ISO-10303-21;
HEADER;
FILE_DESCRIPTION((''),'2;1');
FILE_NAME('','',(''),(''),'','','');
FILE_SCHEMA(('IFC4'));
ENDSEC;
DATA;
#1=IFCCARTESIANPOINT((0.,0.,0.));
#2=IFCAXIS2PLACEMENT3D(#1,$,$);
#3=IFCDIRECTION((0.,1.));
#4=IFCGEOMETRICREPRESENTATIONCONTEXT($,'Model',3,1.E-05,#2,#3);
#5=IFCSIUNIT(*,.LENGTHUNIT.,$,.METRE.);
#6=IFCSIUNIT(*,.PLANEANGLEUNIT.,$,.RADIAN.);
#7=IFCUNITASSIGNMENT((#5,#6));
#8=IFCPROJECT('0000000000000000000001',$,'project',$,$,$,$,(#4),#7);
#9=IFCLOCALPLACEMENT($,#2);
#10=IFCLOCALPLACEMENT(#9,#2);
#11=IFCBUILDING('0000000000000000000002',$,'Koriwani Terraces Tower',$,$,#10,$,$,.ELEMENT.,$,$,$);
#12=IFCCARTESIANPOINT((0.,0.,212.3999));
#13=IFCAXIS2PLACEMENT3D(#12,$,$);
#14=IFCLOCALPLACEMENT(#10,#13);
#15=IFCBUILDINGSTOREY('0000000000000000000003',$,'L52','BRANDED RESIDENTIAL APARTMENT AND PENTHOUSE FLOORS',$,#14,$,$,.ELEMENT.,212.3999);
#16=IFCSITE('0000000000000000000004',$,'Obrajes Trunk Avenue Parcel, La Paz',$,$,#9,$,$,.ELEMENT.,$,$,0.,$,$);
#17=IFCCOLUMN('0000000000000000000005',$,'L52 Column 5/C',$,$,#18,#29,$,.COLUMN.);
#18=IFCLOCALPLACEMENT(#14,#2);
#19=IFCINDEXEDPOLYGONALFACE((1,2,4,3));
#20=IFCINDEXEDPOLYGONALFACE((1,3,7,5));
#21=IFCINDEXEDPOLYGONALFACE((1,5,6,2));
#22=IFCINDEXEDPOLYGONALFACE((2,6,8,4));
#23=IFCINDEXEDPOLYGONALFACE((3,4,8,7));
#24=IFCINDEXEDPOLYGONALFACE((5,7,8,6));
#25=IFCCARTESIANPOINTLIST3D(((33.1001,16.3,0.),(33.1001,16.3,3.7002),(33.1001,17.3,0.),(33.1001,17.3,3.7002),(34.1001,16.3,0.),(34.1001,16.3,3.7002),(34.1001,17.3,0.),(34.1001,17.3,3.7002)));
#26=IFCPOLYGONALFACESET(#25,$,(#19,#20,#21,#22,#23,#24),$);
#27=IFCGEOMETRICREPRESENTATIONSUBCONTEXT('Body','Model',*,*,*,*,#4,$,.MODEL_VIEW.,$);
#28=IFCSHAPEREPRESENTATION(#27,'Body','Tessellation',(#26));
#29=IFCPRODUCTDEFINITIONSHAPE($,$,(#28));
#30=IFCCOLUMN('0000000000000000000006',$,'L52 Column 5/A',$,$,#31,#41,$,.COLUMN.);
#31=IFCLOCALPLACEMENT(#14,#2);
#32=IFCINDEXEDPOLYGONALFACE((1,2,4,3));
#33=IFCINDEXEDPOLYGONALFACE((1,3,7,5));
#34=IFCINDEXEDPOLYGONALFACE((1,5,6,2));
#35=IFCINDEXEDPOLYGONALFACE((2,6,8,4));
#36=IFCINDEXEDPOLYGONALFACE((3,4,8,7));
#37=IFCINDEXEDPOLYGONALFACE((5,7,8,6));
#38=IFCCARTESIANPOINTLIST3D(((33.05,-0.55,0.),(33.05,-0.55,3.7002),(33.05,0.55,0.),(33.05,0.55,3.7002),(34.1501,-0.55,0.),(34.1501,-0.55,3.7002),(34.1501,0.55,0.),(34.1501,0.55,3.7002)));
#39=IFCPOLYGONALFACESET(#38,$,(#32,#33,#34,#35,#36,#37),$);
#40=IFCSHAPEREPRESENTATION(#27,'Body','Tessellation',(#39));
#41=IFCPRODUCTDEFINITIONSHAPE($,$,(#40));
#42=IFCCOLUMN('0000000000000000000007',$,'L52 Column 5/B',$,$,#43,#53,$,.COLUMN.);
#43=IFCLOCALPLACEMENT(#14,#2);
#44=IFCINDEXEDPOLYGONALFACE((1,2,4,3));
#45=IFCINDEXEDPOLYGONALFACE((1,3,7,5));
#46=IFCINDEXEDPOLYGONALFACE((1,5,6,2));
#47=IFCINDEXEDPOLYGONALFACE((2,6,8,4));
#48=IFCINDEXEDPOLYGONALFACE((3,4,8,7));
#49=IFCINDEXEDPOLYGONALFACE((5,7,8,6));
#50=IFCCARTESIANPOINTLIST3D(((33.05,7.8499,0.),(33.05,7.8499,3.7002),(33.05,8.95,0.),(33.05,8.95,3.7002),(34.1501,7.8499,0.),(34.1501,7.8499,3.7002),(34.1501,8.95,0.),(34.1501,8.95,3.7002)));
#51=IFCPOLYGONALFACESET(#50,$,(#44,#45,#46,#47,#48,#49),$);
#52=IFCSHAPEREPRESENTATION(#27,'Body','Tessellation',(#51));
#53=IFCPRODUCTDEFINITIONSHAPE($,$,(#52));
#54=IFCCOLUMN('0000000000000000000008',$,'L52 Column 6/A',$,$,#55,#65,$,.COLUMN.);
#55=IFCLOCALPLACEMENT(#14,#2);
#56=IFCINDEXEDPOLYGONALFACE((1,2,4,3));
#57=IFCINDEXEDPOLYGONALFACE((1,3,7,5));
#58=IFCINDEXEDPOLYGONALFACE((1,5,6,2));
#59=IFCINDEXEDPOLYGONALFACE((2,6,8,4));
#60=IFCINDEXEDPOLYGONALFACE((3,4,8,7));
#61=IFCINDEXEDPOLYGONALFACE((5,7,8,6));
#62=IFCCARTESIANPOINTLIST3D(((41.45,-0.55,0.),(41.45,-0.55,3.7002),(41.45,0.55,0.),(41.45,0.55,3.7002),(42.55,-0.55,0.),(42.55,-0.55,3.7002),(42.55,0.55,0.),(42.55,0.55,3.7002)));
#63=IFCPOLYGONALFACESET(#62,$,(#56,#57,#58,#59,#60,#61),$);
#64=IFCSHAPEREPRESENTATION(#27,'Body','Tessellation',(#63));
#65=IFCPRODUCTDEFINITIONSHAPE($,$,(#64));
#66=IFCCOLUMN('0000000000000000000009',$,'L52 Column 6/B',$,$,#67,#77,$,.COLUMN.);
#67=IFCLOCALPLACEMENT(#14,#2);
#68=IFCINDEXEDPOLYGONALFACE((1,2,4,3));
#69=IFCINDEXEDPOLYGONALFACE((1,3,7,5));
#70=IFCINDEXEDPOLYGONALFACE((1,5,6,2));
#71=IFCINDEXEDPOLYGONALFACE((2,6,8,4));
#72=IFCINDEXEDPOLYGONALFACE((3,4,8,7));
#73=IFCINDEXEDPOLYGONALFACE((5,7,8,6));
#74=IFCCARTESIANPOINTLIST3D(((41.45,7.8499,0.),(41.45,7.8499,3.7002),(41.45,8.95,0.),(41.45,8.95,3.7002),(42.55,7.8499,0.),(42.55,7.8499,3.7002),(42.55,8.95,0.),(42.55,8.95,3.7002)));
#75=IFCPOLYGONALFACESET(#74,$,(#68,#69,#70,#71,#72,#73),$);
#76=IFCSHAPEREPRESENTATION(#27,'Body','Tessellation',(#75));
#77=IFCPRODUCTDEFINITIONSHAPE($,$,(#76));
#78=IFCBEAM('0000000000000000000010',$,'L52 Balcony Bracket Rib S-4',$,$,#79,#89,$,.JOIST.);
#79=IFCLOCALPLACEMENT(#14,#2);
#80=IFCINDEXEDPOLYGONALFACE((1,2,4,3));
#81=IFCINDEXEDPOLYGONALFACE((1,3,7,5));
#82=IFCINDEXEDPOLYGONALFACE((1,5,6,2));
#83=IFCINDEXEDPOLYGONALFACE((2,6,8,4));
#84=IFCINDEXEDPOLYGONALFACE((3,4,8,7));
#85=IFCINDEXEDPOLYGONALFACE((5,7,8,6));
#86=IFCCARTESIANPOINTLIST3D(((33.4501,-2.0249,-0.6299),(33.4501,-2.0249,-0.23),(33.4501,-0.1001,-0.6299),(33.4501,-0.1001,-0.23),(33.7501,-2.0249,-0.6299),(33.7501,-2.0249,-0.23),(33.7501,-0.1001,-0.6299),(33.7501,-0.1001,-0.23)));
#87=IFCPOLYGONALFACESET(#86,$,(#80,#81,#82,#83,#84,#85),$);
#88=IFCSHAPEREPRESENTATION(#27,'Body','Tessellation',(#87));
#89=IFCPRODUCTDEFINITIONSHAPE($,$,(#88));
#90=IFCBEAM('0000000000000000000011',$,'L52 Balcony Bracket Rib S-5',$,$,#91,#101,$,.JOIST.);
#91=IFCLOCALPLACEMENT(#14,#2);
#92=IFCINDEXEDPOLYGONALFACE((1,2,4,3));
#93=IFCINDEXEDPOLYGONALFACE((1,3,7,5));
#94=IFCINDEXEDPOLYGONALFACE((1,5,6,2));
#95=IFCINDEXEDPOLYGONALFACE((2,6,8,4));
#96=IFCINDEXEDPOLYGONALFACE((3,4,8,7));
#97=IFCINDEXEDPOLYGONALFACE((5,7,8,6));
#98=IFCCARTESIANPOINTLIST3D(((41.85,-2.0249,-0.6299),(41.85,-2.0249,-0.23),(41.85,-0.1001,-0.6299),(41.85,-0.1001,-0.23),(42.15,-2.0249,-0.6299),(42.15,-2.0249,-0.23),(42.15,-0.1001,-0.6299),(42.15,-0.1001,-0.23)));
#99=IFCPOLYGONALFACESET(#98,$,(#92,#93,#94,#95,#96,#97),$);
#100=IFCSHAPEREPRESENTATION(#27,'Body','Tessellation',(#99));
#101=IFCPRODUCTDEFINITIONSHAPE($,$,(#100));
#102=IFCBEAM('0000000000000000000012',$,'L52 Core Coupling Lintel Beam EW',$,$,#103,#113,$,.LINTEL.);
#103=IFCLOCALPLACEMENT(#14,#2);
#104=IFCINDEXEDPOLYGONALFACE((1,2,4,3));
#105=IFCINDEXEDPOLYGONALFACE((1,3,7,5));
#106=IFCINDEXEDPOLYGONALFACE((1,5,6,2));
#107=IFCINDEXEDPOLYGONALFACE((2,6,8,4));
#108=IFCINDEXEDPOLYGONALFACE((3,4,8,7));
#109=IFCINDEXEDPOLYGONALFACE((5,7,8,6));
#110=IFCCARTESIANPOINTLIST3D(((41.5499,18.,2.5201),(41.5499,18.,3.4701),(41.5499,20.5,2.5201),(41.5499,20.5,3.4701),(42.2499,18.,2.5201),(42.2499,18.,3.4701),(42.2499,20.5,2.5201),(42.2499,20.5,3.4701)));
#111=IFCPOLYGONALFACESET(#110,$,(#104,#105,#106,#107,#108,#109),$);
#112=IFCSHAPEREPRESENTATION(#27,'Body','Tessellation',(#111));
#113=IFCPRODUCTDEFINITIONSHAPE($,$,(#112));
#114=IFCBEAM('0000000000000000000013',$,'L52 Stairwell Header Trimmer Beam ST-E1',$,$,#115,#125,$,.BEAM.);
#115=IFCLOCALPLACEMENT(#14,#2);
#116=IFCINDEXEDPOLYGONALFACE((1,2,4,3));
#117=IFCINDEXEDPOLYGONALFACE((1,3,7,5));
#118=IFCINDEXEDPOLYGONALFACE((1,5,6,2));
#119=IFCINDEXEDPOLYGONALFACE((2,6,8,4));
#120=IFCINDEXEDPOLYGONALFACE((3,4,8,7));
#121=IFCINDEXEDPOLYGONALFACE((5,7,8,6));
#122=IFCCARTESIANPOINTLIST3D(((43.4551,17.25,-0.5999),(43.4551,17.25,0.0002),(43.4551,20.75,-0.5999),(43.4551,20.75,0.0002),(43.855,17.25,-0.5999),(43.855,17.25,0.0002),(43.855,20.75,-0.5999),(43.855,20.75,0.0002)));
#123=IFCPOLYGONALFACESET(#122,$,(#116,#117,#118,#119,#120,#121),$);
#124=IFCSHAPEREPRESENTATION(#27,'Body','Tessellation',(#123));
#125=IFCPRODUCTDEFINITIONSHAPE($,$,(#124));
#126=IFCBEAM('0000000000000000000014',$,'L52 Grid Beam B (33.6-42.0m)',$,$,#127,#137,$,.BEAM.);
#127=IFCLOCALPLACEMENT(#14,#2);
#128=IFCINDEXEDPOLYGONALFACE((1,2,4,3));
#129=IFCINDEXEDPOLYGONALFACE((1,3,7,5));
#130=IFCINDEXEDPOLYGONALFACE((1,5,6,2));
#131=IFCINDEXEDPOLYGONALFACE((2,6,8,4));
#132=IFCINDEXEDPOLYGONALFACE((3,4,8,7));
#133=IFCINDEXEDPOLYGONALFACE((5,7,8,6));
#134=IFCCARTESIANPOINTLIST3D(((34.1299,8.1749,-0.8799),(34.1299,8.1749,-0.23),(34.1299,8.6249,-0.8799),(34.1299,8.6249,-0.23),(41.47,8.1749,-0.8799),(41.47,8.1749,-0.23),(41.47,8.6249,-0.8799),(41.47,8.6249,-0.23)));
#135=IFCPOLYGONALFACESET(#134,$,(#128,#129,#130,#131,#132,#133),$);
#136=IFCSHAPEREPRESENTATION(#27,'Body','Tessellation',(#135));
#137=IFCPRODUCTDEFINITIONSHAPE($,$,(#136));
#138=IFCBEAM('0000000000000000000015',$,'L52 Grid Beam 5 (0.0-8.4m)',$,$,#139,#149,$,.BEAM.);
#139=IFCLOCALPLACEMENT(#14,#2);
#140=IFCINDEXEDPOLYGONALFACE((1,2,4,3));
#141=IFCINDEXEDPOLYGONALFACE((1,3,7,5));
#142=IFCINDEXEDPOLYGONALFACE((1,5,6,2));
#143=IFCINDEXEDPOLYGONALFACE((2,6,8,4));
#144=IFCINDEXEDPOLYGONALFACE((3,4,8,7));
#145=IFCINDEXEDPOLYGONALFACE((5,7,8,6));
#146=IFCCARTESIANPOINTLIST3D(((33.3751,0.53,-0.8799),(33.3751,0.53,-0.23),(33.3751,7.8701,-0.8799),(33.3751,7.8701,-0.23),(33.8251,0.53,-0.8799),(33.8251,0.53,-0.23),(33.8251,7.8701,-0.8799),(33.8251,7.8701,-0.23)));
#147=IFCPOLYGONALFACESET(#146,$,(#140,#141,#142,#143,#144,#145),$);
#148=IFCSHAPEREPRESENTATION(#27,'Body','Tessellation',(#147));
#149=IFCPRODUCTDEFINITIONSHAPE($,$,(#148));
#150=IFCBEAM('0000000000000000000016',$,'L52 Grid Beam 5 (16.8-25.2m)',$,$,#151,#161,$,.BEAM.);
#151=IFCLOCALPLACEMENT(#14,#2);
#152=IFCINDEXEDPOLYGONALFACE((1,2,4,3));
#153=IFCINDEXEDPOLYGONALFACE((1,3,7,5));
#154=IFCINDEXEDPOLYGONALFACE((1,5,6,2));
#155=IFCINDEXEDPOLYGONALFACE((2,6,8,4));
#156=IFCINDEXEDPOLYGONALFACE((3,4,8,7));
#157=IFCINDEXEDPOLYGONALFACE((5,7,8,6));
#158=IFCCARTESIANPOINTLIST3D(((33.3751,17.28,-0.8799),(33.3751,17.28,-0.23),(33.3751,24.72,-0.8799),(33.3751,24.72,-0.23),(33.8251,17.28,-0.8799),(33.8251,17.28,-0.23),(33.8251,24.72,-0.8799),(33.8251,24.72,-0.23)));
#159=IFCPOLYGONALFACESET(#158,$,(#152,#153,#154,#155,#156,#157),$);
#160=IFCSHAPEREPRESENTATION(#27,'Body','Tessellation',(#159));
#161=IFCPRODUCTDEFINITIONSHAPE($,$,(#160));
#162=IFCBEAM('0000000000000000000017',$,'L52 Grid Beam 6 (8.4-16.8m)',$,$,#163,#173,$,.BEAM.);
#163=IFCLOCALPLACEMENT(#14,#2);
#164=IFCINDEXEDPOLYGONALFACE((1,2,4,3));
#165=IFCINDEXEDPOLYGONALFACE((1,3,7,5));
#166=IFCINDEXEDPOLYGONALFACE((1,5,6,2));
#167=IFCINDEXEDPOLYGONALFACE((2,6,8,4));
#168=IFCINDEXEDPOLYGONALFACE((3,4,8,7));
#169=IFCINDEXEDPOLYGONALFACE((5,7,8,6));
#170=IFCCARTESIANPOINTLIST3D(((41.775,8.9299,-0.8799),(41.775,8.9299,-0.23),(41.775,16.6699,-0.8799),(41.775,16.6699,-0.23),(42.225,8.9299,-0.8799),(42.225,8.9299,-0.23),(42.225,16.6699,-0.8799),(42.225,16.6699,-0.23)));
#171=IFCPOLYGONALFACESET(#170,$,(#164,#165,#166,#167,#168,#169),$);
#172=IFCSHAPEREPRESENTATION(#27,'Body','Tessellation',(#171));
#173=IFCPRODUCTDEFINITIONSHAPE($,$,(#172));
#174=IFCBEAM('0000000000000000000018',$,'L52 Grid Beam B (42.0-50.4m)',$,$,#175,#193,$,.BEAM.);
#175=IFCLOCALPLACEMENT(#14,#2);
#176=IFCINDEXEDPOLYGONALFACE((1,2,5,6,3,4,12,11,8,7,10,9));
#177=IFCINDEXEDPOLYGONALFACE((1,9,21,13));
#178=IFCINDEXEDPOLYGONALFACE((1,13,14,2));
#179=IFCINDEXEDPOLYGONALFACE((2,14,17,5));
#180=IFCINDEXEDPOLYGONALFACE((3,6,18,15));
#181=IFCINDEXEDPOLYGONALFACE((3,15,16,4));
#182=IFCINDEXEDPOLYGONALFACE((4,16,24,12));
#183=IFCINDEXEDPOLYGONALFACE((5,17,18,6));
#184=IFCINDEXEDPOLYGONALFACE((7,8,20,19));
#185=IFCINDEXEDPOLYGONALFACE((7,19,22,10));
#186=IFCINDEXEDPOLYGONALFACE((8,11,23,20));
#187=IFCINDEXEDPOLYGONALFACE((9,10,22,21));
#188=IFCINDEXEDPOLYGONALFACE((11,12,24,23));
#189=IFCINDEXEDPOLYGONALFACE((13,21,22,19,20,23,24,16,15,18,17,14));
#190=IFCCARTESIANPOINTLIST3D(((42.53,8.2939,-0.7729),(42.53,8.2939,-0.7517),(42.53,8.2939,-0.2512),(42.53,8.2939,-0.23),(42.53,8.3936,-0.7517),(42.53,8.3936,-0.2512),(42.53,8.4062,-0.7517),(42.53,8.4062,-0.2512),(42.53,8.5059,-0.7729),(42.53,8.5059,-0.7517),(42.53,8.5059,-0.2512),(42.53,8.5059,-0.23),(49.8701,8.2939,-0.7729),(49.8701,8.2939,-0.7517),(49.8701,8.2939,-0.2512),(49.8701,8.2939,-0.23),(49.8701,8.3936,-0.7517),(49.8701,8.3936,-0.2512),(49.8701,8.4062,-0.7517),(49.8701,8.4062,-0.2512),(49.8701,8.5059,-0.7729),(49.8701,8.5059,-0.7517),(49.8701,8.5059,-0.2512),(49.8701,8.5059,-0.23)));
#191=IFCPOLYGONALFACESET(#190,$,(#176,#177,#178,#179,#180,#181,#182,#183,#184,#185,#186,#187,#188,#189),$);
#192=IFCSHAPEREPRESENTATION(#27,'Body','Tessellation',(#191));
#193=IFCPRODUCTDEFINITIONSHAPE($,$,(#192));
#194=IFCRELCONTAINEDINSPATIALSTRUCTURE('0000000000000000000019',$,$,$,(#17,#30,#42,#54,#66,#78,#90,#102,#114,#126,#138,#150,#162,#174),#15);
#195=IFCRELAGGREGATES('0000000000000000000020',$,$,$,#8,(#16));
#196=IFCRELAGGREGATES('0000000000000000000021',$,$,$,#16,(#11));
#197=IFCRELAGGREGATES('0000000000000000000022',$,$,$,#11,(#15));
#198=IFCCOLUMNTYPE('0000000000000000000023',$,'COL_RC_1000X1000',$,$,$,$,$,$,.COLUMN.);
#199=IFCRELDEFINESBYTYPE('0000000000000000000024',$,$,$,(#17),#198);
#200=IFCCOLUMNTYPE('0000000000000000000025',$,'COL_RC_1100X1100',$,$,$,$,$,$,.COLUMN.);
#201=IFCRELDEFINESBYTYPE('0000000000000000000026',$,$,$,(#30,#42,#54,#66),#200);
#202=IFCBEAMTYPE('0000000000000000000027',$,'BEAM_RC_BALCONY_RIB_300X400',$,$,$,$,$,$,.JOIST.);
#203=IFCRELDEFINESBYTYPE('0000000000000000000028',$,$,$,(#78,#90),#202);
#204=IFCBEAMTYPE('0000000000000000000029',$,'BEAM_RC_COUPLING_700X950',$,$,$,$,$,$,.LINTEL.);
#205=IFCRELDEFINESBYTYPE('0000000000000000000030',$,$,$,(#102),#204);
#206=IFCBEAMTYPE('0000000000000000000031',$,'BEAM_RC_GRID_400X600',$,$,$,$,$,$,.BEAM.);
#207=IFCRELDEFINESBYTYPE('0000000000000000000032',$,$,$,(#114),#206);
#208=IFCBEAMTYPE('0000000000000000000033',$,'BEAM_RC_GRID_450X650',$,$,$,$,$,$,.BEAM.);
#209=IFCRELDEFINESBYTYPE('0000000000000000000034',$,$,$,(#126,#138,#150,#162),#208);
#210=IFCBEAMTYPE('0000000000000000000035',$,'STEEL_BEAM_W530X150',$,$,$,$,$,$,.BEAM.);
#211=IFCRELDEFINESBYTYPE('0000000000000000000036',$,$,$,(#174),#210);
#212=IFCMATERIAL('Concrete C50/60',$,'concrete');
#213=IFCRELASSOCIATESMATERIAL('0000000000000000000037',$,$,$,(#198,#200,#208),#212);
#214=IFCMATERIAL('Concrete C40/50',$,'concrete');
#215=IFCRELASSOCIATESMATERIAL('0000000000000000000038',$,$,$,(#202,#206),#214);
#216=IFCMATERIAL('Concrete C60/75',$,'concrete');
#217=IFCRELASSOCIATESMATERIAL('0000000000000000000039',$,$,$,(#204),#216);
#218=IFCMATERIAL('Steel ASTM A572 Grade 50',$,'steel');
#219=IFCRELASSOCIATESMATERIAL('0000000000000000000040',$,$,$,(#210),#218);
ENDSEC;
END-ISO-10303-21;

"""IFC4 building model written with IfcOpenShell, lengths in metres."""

from ifc_helpers import new_model, si_unit, direction, frame, origin, origin_2d, place, context, subcontext, project, spatial, rectangle, i_section, extrude, material, material_profile, profile_set, type_object, element, save


model = new_model("IFC4")

# Units and contexts
model_context = context("Model", 3, precision=1e-05, world=origin(), true_north=direction((0.0, 1.0)))
body_context = subcontext(model_context, "Body", "Model", "MODEL_VIEW")
ifc_project = project(units=[si_unit("LENGTHUNIT", "METRE"), si_unit("PLANEANGLEUNIT", "RADIAN")], contexts=[model_context])

# Site, building, storey
site_placement = place(None, origin())
site = spatial("IfcSite", under=ifc_project, at=site_placement, Name="Obrajes Trunk Avenue Parcel, La Paz", CompositionType="ELEMENT", RefElevation=0.0)
building_placement = place(site_placement, origin())
building = spatial("IfcBuilding", under=site, at=building_placement, Name="Koriwani Terraces Tower", CompositionType="ELEMENT")
storey_placement = place(building_placement, frame((0.0, 0.0, 212.3999)))
storey = spatial("IfcBuildingStorey", under=building, at=storey_placement, Name="L52", Description="BRANDED RESIDENTIAL APARTMENT AND PENTHOUSE FLOORS", CompositionType="ELEMENT", Elevation=212.3999)

# Columns
ifc_material_1 = material(Name="Concrete C50/60", Category="concrete")
ifc_material_profile_1 = material_profile(ifc_material_1, rectangle(XDim=1.0, YDim=1.0, at=origin_2d()), Name="Concrete C50/60", Category="LoadBearing")
ifc_profile_set_1 = profile_set([ifc_material_profile_1], Name="Concrete C50/60")
column_type_1 = type_object("IfcColumnType", Name="COL_RC_1000X1000", PredefinedType="COLUMN", material=ifc_profile_set_1)
column_placement = place(storey_placement, frame((33.6001, 16.8, 0.0), z_axis=(0.0, 0.0, 1.0), x_axis=(1.0, 0.0, 0.0)))
element("IfcColumn", 1, at=column_placement, inside=storey, type_object=column_type_1, Name="L52 Column 5/C", PredefinedType="COLUMN", context=body_context, shape_type="SweptSolid", body=[
    extrude(rectangle(XDim=1.0, YDim=1.0, at=origin_2d()), origin(), (0.0, 0.0, 1.0), 3.7002),
])
ifc_material_profile_2 = material_profile(ifc_material_1, rectangle(XDim=1.1001, YDim=1.1001, at=origin_2d()), Name="Concrete C50/60", Category="LoadBearing")
ifc_profile_set_2 = profile_set([ifc_material_profile_2], Name="Concrete C50/60")
column_type_2 = type_object("IfcColumnType", Name="COL_RC_1100X1100", PredefinedType="COLUMN", material=ifc_profile_set_2)
for number, where, z_axis, x_axis, name in (
    (2, (33.6001, 0.0, 0.0), (0.0, 0.0, 1.0), (1.0, 0.0, 0.0), "L52 Column 5/A"),
    (3, (33.6001, 8.3999, 0.0), (0.0, 0.0, 1.0), (1.0, 0.0, 0.0), "L52 Column 5/B"),
    (4, (42.0, 0.0, 0.0), (0.0, 0.0, 1.0), (1.0, 0.0, 0.0), "L52 Column 6/A"),
    (5, (42.0, 8.3999, 0.0), (0.0, 0.0, 1.0), (1.0, 0.0, 0.0), "L52 Column 6/B"),
):
    element("IfcColumn", number, at=place(storey_placement, frame(where, z_axis=z_axis, x_axis=x_axis)), inside=storey, type_object=column_type_2, Name=name, PredefinedType="COLUMN", context=body_context, shape_type="SweptSolid", body=[
        extrude(rectangle(XDim=1.1001, YDim=1.1001, at=origin_2d()), origin(), (0.0, 0.0, 1.0), 3.7002),
    ])

# Beams
ifc_material_2 = material(Name="Concrete C40/50", Category="concrete")
ifc_material_profile_3 = material_profile(ifc_material_2, rectangle(XDim=0.3, YDim=0.3999, at=origin_2d()), Name="Concrete C40/50", Category="LoadBearing")
ifc_profile_set_3 = profile_set([ifc_material_profile_3], Name="Concrete C40/50")
beam_type_1 = type_object("IfcBeamType", Name="BEAM_RC_BALCONY_RIB_300X400", PredefinedType="JOIST", material=ifc_profile_set_3)
for number, where, z_axis, x_axis, name in (
    (6, (33.6001, -2.0249, -0.4299), (0.0, 1.0, 0.0), (-1.0, 0.0, 0.0), "L52 Balcony Bracket Rib S-4"),
    (7, (42.0, -2.0249, -0.4299), (0.0, 1.0, 0.0), (-1.0, 0.0, 0.0), "L52 Balcony Bracket Rib S-5"),
):
    element("IfcBeam", number, at=place(storey_placement, frame(where, z_axis=z_axis, x_axis=x_axis)), inside=storey, type_object=beam_type_1, Name=name, PredefinedType="JOIST", context=body_context, shape_type="SweptSolid", body=[
        extrude(rectangle(XDim=0.3, YDim=0.3999, at=origin_2d()), origin(), (0.0, 0.0, 1.0), 1.9248),
    ])
ifc_material_3 = material(Name="Concrete C60/75", Category="concrete")
ifc_material_profile_4 = material_profile(ifc_material_3, rectangle(XDim=0.7, YDim=0.95, at=origin_2d()), Name="Concrete C60/75", Category="LoadBearing")
ifc_profile_set_4 = profile_set([ifc_material_profile_4], Name="Concrete C60/75")
beam_type_2 = type_object("IfcBeamType", Name="BEAM_RC_COUPLING_700X950", PredefinedType="LINTEL", material=ifc_profile_set_4)
beam_1_placement = place(storey_placement, frame((41.8999, 18.0, 2.9951), z_axis=(0.0, 1.0, 0.0), x_axis=(-1.0, 0.0, 0.0)))
element("IfcBeam", 8, at=beam_1_placement, inside=storey, type_object=beam_type_2, Name="L52 Core Coupling Lintel Beam EW", PredefinedType="LINTEL", context=body_context, shape_type="SweptSolid", body=[
    extrude(rectangle(XDim=0.7, YDim=0.95, at=origin_2d()), origin(), (0.0, 0.0, 1.0), 2.5),
])
ifc_material_profile_5 = material_profile(ifc_material_2, rectangle(XDim=0.3999, YDim=0.6001, at=origin_2d()), Name="Concrete C40/50", Category="LoadBearing")
ifc_profile_set_5 = profile_set([ifc_material_profile_5], Name="Concrete C40/50")
beam_type_3 = type_object("IfcBeamType", Name="BEAM_RC_GRID_400X600", PredefinedType="BEAM", material=ifc_profile_set_5)
beam_2_placement = place(storey_placement, frame((43.655, 17.25, -0.2998), z_axis=(0.0, 1.0, 0.0), x_axis=(-1.0, 0.0, 0.0)))
element("IfcBeam", 9, at=beam_2_placement, inside=storey, type_object=beam_type_3, Name="L52 Stairwell Header Trimmer Beam ST-E1", PredefinedType="BEAM", context=body_context, shape_type="SweptSolid", body=[
    extrude(rectangle(XDim=0.3999, YDim=0.6001, at=origin_2d()), origin(), (0.0, 0.0, 1.0), 3.5),
])
ifc_material_profile_6 = material_profile(ifc_material_1, rectangle(XDim=0.45, YDim=0.6499, at=origin_2d()), Name="Concrete C50/60", Category="LoadBearing")
ifc_profile_set_6 = profile_set([ifc_material_profile_6], Name="Concrete C50/60")
beam_type_4 = type_object("IfcBeamType", Name="BEAM_RC_GRID_450X650", PredefinedType="BEAM", material=ifc_profile_set_6)
for number, where, z_axis, x_axis, name in (
    (10, (34.1299, 8.3999, -0.5549), (1.0, 0.0, 0.0), (0.0, 1.0, 0.0), "L52 Grid Beam B (33.6-42.0m)"),
    (11, (33.6001, 0.53, -0.5549), (0.0, 1.0, 0.0), (-1.0, 0.0, 0.0), "L52 Grid Beam 5 (0.0-8.4m)"),
):
    element("IfcBeam", number, at=place(storey_placement, frame(where, z_axis=z_axis, x_axis=x_axis)), inside=storey, type_object=beam_type_4, Name=name, PredefinedType="BEAM", context=body_context, shape_type="SweptSolid", body=[
        extrude(rectangle(XDim=0.45, YDim=0.6499, at=origin_2d()), origin(), (0.0, 0.0, 1.0), 7.3401),
    ])
beam_3_placement = place(storey_placement, frame((33.6001, 17.28, -0.5549), z_axis=(0.0, 1.0, 0.0), x_axis=(-1.0, 0.0, 0.0)))
element("IfcBeam", 12, at=beam_3_placement, inside=storey, type_object=beam_type_4, Name="L52 Grid Beam 5 (16.8-25.2m)", PredefinedType="BEAM", context=body_context, shape_type="SweptSolid", body=[
    extrude(rectangle(XDim=0.45, YDim=0.6499, at=origin_2d()), origin(), (0.0, 0.0, 1.0), 7.4399),
])
beam_4_placement = place(storey_placement, frame((42.0, 8.9299, -0.5549), z_axis=(0.0, 1.0, 0.0), x_axis=(-1.0, 0.0, 0.0)))
element("IfcBeam", 13, at=beam_4_placement, inside=storey, type_object=beam_type_4, Name="L52 Grid Beam 6 (8.4-16.8m)", PredefinedType="BEAM", context=body_context, shape_type="SweptSolid", body=[
    extrude(rectangle(XDim=0.45, YDim=0.6499, at=origin_2d()), origin(), (0.0, 0.0, 1.0), 7.74),
])
ifc_material_4 = material(Name="Steel ASTM A572 Grade 50", Category="steel")
ifc_material_profile_7 = material_profile(ifc_material_4, i_section(OverallWidth=0.2119, OverallDepth=0.543, WebThickness=0.0127, FlangeThickness=0.0212, at=origin_2d()), Name="Steel ASTM A572 Grade 50", Category="LoadBearing")
ifc_profile_set_7 = profile_set([ifc_material_profile_7], Name="Steel ASTM A572 Grade 50")
beam_type_5 = type_object("IfcBeamType", Name="STEEL_BEAM_W530X150", PredefinedType="BEAM", material=ifc_profile_set_7)
beam_5_placement = place(storey_placement, frame((42.53, 8.3999, -0.5015), z_axis=(1.0, 0.0, 0.0), x_axis=(0.0, 1.0, 0.0)))
element("IfcBeam", 14, at=beam_5_placement, inside=storey, type_object=beam_type_5, Name="L52 Grid Beam B (42.0-50.4m)", PredefinedType="BEAM", context=body_context, shape_type="SweptSolid", body=[
    extrude(i_section(OverallWidth=0.2119, OverallDepth=0.543, WebThickness=0.0127, FlangeThickness=0.0212, at=origin_2d()), origin(), (0.0, 0.0, 1.0), 7.3401),
])

save(model, "model.ifc")
